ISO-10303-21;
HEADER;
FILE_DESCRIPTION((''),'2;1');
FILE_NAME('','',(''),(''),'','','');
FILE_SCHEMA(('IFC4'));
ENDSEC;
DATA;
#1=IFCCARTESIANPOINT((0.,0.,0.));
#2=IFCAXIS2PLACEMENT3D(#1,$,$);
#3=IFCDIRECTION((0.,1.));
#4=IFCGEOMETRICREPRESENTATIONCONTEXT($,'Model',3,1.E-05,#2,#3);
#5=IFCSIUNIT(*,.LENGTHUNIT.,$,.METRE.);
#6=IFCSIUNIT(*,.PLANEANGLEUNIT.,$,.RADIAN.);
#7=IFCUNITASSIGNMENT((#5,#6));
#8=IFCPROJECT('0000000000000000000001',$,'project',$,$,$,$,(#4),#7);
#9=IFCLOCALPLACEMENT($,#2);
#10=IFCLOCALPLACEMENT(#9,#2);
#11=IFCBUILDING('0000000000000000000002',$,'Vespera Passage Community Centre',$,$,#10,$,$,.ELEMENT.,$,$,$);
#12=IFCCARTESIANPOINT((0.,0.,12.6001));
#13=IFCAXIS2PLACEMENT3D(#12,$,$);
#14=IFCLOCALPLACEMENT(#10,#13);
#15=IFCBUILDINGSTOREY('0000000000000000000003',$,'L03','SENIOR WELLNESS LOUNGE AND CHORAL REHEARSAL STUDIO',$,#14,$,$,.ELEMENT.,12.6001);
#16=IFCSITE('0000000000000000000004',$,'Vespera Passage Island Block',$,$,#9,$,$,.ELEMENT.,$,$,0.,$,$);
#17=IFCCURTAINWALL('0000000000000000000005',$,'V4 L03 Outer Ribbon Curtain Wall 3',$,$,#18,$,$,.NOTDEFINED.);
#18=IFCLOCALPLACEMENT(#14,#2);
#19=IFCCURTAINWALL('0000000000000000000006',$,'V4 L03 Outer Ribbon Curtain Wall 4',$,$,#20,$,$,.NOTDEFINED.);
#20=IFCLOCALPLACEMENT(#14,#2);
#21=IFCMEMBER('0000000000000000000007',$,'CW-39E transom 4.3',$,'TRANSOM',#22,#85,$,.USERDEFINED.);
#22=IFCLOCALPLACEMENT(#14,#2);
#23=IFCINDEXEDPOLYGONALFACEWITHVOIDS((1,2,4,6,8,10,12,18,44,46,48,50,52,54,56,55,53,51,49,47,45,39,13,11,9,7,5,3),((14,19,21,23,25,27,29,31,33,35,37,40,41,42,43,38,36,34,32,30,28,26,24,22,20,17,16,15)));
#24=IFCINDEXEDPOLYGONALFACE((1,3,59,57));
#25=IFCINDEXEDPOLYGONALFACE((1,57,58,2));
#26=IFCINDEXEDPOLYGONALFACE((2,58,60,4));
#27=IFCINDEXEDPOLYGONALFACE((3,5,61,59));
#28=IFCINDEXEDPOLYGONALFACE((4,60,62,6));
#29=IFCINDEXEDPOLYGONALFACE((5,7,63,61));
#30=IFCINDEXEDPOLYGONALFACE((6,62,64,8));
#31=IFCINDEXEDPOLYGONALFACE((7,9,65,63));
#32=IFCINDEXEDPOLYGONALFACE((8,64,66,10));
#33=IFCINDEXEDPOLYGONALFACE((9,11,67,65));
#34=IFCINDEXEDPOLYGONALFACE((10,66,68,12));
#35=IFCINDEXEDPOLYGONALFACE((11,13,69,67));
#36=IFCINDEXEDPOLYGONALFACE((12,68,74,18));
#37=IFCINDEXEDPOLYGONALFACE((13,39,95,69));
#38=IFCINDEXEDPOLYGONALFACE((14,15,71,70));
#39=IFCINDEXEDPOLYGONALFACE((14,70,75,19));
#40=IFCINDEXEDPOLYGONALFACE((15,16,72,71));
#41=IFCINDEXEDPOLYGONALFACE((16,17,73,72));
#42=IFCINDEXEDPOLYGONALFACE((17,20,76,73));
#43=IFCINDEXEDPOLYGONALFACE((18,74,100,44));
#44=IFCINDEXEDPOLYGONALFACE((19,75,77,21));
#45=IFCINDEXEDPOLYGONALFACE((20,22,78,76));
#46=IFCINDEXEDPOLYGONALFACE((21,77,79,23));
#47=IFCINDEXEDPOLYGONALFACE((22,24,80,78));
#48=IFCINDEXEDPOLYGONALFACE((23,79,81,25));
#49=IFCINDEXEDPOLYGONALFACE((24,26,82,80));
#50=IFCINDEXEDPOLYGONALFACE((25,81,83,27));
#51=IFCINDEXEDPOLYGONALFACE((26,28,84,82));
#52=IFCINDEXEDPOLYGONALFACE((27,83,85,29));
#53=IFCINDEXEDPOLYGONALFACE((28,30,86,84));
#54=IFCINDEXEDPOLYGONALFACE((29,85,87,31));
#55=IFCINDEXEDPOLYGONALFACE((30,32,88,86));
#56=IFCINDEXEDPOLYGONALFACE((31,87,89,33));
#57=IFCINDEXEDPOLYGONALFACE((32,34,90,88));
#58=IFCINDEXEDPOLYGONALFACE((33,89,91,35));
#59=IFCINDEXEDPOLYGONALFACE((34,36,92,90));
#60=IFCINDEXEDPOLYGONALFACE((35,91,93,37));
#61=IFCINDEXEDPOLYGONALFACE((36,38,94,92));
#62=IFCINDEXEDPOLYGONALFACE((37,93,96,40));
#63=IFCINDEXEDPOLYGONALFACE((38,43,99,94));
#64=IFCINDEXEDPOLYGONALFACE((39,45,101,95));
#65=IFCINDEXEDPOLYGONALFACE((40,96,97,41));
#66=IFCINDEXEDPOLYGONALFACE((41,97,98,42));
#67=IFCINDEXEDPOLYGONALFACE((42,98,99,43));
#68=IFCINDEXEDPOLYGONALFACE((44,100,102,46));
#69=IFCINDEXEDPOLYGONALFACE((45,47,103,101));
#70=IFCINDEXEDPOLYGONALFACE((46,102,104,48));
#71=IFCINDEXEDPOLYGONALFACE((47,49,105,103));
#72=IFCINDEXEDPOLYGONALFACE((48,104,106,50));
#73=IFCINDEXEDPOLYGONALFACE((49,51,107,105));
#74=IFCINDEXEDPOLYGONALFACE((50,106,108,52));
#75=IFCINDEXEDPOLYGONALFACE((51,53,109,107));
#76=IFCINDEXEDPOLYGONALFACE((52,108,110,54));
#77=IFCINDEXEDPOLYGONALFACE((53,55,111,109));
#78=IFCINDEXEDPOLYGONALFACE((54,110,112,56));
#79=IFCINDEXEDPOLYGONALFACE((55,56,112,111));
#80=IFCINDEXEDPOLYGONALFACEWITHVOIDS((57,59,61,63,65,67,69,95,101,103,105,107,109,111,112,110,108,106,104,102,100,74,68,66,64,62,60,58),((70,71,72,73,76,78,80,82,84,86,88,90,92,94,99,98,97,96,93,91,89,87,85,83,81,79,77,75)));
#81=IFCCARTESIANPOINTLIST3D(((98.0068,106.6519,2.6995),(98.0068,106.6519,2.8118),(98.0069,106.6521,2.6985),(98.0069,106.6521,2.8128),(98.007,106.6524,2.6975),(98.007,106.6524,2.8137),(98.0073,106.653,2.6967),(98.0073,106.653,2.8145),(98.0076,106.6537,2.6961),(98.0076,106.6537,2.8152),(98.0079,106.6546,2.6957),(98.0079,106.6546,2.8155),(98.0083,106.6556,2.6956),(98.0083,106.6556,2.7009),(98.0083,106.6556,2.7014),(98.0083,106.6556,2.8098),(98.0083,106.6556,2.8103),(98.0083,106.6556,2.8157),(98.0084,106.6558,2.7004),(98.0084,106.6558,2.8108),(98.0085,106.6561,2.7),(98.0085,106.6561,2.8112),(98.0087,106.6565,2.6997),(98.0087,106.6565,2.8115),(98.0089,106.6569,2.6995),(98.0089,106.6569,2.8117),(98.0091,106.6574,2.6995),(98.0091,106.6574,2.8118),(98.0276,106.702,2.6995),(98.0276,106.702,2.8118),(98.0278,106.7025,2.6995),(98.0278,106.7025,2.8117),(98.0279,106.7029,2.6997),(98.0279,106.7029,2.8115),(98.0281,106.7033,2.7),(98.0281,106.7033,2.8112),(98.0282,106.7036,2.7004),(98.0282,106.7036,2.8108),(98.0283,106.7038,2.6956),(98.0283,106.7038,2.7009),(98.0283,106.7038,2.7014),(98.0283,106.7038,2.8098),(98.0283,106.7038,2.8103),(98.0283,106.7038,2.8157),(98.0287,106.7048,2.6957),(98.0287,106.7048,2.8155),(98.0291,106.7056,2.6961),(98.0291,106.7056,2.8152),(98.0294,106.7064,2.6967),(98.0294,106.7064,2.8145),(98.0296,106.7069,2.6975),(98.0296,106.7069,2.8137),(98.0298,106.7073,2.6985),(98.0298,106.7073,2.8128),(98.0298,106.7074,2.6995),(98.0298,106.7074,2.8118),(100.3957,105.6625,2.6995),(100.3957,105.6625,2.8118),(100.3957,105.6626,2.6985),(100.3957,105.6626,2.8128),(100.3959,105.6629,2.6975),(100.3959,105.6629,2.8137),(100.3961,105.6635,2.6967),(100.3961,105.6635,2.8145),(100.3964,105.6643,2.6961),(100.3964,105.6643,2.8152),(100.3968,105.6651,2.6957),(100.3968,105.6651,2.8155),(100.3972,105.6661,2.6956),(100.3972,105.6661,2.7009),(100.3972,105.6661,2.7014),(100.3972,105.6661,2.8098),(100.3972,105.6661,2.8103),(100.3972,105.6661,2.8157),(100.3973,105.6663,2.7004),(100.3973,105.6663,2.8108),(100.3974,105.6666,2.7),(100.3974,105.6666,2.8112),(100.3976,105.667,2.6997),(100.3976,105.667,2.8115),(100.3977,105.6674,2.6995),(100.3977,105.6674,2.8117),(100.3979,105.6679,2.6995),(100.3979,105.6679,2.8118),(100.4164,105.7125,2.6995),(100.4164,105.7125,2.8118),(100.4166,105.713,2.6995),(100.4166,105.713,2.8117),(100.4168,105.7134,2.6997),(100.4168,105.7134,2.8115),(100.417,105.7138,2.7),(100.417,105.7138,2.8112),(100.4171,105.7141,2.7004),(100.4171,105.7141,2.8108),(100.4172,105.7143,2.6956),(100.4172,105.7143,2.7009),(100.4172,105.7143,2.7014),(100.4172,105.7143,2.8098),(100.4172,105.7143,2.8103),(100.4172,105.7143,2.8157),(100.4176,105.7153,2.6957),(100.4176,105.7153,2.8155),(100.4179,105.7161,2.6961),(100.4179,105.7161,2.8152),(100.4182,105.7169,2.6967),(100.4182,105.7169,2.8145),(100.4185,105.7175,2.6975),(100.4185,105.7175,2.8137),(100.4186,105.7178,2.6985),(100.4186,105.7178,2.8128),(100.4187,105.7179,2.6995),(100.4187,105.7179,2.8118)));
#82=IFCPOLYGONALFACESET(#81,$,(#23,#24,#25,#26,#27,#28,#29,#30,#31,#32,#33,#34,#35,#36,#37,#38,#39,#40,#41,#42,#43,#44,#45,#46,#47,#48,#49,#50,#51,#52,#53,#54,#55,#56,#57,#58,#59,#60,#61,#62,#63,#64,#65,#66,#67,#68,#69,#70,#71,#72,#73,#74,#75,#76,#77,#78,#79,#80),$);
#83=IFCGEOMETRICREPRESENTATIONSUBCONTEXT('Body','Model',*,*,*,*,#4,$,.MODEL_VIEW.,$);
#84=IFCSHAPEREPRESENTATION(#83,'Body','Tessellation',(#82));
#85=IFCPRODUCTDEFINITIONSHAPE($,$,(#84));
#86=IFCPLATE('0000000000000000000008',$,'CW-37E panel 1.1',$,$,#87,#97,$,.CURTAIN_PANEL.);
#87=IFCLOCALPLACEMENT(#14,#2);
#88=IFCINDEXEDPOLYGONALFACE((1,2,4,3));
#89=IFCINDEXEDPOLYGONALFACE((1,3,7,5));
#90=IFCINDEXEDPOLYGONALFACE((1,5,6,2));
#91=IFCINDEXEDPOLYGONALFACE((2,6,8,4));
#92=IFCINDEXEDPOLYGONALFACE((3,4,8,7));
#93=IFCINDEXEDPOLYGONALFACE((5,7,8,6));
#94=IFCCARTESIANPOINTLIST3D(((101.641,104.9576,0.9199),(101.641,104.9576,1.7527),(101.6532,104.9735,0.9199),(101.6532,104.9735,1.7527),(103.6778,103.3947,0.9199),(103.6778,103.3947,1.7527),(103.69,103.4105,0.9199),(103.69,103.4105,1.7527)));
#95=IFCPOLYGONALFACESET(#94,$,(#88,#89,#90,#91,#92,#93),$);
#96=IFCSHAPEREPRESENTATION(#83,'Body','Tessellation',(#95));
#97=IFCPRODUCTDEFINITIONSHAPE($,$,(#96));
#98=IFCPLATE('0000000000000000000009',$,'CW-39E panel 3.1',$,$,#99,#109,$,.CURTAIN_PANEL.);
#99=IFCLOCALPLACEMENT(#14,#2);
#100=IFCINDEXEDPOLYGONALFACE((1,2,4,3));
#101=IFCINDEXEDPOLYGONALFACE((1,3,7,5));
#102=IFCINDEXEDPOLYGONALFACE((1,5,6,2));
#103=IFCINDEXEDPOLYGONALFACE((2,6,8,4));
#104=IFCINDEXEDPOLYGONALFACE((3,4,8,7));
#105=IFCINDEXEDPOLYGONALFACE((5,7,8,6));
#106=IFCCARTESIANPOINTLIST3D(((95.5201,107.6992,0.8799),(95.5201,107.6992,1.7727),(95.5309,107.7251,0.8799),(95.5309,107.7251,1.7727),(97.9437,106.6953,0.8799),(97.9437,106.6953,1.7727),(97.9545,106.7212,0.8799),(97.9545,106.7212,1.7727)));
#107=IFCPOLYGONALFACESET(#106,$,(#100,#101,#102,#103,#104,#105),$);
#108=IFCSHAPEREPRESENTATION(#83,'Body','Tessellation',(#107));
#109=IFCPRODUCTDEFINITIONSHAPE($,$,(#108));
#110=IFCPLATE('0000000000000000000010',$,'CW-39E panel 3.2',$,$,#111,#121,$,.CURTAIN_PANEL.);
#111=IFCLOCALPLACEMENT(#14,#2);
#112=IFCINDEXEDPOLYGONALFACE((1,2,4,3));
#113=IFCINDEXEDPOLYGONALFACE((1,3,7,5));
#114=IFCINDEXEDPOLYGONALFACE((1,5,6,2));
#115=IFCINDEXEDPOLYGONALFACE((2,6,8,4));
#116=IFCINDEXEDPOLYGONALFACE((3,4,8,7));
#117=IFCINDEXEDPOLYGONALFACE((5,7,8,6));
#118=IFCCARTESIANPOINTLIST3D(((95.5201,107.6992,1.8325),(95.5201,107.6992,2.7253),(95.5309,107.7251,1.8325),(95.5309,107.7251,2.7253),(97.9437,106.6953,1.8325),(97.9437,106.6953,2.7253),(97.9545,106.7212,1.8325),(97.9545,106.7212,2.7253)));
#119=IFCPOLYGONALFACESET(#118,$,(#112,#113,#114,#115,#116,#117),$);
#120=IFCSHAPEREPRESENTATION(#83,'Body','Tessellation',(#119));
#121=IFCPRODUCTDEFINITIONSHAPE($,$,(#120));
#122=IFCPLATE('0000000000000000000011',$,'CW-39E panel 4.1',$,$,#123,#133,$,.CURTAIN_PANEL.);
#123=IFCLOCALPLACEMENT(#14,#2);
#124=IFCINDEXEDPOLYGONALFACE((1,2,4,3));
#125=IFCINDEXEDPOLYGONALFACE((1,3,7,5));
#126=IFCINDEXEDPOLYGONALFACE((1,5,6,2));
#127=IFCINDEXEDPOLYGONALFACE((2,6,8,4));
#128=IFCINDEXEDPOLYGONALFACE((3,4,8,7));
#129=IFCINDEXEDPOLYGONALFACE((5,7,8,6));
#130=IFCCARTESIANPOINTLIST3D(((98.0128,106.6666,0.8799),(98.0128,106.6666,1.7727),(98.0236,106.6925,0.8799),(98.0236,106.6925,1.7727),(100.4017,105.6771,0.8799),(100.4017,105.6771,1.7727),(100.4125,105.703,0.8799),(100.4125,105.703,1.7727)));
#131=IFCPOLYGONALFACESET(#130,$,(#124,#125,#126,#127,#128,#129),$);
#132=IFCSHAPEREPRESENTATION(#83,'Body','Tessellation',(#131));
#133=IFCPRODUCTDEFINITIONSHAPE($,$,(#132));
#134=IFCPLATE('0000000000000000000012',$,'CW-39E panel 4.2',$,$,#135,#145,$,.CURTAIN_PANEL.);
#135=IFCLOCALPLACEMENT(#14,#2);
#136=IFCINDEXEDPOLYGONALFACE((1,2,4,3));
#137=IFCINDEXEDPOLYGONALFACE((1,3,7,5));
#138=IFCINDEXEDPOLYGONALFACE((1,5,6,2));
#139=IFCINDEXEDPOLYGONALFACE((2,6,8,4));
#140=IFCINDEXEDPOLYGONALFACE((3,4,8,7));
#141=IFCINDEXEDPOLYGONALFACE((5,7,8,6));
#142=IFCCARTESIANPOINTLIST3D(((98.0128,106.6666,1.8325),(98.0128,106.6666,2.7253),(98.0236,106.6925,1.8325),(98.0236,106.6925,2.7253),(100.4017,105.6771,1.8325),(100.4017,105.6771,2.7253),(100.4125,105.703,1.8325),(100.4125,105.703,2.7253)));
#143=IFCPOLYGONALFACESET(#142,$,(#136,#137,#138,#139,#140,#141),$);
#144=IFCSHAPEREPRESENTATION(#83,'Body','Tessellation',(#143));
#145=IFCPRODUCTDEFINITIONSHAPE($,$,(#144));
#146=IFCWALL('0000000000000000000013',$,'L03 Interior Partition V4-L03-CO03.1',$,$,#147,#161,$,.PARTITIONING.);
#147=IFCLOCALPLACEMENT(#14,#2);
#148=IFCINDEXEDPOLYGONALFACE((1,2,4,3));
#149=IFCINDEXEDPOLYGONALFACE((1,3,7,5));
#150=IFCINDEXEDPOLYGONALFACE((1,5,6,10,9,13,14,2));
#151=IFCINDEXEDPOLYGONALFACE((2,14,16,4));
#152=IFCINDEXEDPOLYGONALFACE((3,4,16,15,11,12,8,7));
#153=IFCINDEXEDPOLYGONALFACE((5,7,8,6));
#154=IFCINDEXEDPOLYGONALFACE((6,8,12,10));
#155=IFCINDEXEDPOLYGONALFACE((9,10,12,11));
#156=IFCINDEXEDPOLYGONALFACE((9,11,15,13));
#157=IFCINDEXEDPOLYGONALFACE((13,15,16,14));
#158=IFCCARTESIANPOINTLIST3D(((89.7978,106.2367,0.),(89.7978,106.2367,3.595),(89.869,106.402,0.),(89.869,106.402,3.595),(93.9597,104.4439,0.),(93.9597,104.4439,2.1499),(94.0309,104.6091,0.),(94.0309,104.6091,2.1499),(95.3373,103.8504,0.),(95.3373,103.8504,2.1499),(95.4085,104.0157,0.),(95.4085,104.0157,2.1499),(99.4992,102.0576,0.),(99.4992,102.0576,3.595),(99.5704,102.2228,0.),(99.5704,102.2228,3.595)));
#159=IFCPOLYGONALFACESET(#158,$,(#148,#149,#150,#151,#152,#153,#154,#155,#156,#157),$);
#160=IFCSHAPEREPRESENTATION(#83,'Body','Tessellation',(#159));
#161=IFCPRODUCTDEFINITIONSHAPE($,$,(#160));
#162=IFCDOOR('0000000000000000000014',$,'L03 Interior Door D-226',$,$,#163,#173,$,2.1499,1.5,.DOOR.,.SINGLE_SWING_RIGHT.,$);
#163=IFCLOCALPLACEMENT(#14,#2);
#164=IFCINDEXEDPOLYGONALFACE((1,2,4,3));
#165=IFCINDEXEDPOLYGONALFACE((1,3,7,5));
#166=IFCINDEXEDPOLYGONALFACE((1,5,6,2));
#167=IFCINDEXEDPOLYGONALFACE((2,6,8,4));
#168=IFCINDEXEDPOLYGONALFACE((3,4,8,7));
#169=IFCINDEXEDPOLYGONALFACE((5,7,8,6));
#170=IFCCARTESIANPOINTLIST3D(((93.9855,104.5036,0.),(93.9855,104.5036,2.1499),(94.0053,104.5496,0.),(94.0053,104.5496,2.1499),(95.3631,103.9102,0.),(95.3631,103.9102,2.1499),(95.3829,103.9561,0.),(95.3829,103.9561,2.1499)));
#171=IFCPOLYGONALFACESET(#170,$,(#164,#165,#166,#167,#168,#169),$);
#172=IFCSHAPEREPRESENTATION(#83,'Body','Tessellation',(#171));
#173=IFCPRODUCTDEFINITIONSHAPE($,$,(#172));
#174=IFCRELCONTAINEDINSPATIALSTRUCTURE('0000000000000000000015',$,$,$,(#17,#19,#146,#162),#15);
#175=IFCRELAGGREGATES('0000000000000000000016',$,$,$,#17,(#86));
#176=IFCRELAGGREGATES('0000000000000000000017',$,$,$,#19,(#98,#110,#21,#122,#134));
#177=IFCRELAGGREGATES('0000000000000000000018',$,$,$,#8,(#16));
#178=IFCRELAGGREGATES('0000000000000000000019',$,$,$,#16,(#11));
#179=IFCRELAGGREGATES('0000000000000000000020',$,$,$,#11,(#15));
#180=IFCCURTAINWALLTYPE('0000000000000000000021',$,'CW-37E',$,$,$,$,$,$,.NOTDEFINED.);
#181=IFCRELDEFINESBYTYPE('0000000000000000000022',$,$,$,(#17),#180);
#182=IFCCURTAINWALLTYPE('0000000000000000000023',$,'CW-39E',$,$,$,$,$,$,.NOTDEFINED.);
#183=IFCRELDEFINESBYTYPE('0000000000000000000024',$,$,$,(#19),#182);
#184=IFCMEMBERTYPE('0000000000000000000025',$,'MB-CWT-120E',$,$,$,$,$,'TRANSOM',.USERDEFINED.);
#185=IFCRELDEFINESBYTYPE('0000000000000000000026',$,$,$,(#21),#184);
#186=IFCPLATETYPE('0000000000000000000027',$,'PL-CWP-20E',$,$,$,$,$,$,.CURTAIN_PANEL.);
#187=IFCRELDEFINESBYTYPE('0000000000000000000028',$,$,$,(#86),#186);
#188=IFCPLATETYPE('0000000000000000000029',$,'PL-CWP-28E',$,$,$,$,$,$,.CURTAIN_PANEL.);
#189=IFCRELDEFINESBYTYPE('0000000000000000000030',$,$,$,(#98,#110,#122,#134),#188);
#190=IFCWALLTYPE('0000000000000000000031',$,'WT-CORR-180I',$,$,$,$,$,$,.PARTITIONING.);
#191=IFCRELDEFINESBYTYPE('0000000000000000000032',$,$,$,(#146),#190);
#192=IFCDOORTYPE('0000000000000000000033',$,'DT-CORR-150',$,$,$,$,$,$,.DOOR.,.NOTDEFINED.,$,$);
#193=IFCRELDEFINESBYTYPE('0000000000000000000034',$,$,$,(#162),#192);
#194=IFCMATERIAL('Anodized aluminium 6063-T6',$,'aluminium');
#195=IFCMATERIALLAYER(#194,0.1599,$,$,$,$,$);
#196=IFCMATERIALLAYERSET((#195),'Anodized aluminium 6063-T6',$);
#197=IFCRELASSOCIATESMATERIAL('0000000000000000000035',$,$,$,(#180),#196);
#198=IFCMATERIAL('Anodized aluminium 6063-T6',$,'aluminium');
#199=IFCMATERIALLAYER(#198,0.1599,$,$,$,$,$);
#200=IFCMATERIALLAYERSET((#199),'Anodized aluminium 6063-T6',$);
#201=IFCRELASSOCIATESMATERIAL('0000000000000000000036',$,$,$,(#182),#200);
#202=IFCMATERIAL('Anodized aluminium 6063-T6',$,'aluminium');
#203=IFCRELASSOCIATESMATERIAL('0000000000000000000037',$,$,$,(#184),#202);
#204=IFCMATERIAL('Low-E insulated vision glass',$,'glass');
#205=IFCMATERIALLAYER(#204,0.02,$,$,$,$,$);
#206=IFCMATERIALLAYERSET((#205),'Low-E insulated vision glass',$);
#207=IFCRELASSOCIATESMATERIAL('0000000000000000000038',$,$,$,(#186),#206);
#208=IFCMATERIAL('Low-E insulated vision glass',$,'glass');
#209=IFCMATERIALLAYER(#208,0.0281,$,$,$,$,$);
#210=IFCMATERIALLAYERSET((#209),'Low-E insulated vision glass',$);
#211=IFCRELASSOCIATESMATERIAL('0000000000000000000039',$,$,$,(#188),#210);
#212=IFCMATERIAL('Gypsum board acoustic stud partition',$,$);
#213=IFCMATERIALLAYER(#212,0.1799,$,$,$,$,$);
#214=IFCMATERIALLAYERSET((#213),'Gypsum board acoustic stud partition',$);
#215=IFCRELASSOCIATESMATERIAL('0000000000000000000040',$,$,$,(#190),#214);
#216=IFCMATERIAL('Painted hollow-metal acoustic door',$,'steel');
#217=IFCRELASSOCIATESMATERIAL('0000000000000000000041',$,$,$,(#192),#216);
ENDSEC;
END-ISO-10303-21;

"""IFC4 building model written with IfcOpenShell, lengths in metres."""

from ifc_helpers import new_model, si_unit, direction, frame, frame_2d, origin, origin_2d, place, context, subcontext, project, spatial, rectangle, hollow_rectangle, extrude, material, layer, layer_set, material_profile, profile_set, type_object, element, fill, aggregate, save


model = new_model("IFC4")

# Units and contexts
model_context = context("Model", 3, precision=1e-05, world=origin(), true_north=direction((0.0, 1.0)))
body_context = subcontext(model_context, "Body", "Model", "MODEL_VIEW")
ifc_project = project(units=[si_unit("LENGTHUNIT", "METRE"), si_unit("PLANEANGLEUNIT", "RADIAN")], contexts=[model_context])

# Site, building, storey
site_placement = place(None, origin())
site = spatial("IfcSite", under=ifc_project, at=site_placement, Name="Vespera Passage Island Block", CompositionType="ELEMENT", RefElevation=0.0)
building_placement = place(site_placement, origin())
building = spatial("IfcBuilding", under=site, at=building_placement, Name="Vespera Passage Community Centre", CompositionType="ELEMENT")
storey_placement = place(building_placement, frame((0.0, 0.0, 12.6001)))
storey = spatial("IfcBuildingStorey", under=building, at=storey_placement, Name="L03", Description="SENIOR WELLNESS LOUNGE AND CHORAL REHEARSAL STUDIO", CompositionType="ELEMENT", Elevation=12.6001)

# Curtain wall
ifc_material_1 = material(Name="Anodized aluminium 6063-T6", Category="aluminium")
ifc_layer_1 = layer(ifc_material_1, 0.1599)
ifc_layer_set_1 = layer_set([ifc_layer_1], Name="Anodized aluminium 6063-T6")
curtain_wall_type_1 = type_object("IfcCurtainWallType", Name="CW-37E", PredefinedType="NOTDEFINED", material=ifc_layer_set_1)
curtain_wall_1_placement = place(storey_placement, origin())
curtain_wall_1 = element("IfcCurtainWall", 1, at=curtain_wall_1_placement, inside=storey, type_object=curtain_wall_type_1, Name="V4 L03 Outer Ribbon Curtain Wall 3", PredefinedType="NOTDEFINED")

# Curtain wall
ifc_material_2 = material(Name="Anodized aluminium 6063-T6", Category="aluminium")
ifc_layer_2 = layer(ifc_material_2, 0.1599)
ifc_layer_set_2 = layer_set([ifc_layer_2], Name="Anodized aluminium 6063-T6")
curtain_wall_type_2 = type_object("IfcCurtainWallType", Name="CW-39E", PredefinedType="NOTDEFINED", material=ifc_layer_set_2)
curtain_wall_2_placement = place(storey_placement, origin())
curtain_wall_2 = element("IfcCurtainWall", 2, at=curtain_wall_2_placement, inside=storey, type_object=curtain_wall_type_2, Name="V4 L03 Outer Ribbon Curtain Wall 4", PredefinedType="NOTDEFINED")

# Member
ifc_material_3 = material(Name="Anodized aluminium 6063-T6", Category="aluminium")
ifc_material_profile_1 = material_profile(ifc_material_3, hollow_rectangle(XDim=0.0601, YDim=0.1201, WallThickness=0.0039, InnerFilletRadius=0.002, OuterFilletRadius=0.0039, at=origin_2d()), Name="ALU120X60X4")
ifc_profile_set_1 = profile_set([ifc_material_profile_1], Name="Anodized aluminium 6063-T6")
member_type_1 = type_object("IfcMemberType", Name="MB-CWT-120E", ElementType="TRANSOM", PredefinedType="USERDEFINED", material=ifc_profile_set_1)
member_1_placement = place(storey_placement, frame((98.0183, 106.6797, 2.7556), z_axis=(0.923882, -0.382677, 0.0), x_axis=(0.382677, 0.923882, 0.0)))
member_1 = element("IfcMember", 3, at=member_1_placement, type_object=member_type_1, Name="CW-39E transom 4.3", ObjectType="TRANSOM", PredefinedType="USERDEFINED", context=body_context, shape_type="SweptSolid", body=[
    extrude(hollow_rectangle(XDim=0.0601, YDim=0.1201, WallThickness=0.0039, InnerFilletRadius=0.002, OuterFilletRadius=0.0039, at=origin_2d()), origin(), (0.0, 0.0, 1.0), 2.5857),
])

# Plates
ifc_material_4 = material(Name="Low-E insulated vision glass", Category="glass")
ifc_layer_3 = layer(ifc_material_4, 0.02)
ifc_layer_set_3 = layer_set([ifc_layer_3], Name="Low-E insulated vision glass")
plate_type_1 = type_object("IfcPlateType", Name="PL-CWP-20E", PredefinedType="CURTAIN_PANEL", material=ifc_layer_set_3)
plate_1_placement = place(storey_placement, frame((102.6655, 104.1841, 0.9199), z_axis=(0.0, 0.0, 1.0), x_axis=(0.793345, -0.608772, 0.0)))
plate_1 = element("IfcPlate", 4, at=plate_1_placement, type_object=plate_type_1, Name="CW-37E panel 1.1", PredefinedType="CURTAIN_PANEL", context=body_context, shape_type="SweptSolid", body=[
    extrude(rectangle(XDim=2.5674, YDim=0.02, at=origin_2d()), origin(), (0.0, 0.0, 1.0), 0.8328),
])
aggregate(curtain_wall_1, [plate_1])
ifc_material_5 = material(Name="Low-E insulated vision glass", Category="glass")
ifc_layer_4 = layer(ifc_material_5, 0.0281)
ifc_layer_set_4 = layer_set([ifc_layer_4], Name="Low-E insulated vision glass")
plate_type_2 = type_object("IfcPlateType", Name="PL-CWP-28E", PredefinedType="CURTAIN_PANEL", material=ifc_layer_set_4)
plate_2_placement = place(storey_placement, frame((96.7373, 107.2102, 0.8799), z_axis=(0.0, 0.0, 1.0), x_axis=(0.92388, -0.382683, 0.0)))
plate_2 = element("IfcPlate", 5, at=plate_2_placement, type_object=plate_type_2, Name="CW-39E panel 3.1", PredefinedType="CURTAIN_PANEL", context=body_context, shape_type="SweptSolid", body=[
    extrude(rectangle(XDim=2.6233, YDim=0.0281, at=origin_2d()), origin(), (0.0, 0.0, 1.0), 0.8928),
])
plate_3_placement = place(storey_placement, frame((96.7373, 107.2102, 1.8325), z_axis=(0.0, 0.0, 1.0), x_axis=(0.92388, -0.382683, 0.0)))
plate_3 = element("IfcPlate", 6, at=plate_3_placement, type_object=plate_type_2, Name="CW-39E panel 3.2", PredefinedType="CURTAIN_PANEL", context=body_context, shape_type="SweptSolid", body=[
    extrude(rectangle(XDim=2.6233, YDim=0.0281, at=origin_2d()), origin(), (0.0, 0.0, 1.0), 0.8928),
])
plate_4_placement = place(storey_placement, frame((99.2126, 106.1848, 0.8799), z_axis=(0.0, 0.0, 1.0), x_axis=(0.92388, -0.382683, 0.0)))
plate_4 = element("IfcPlate", 7, at=plate_4_placement, type_object=plate_type_2, Name="CW-39E panel 4.1", PredefinedType="CURTAIN_PANEL", context=body_context, shape_type="SweptSolid", body=[
    extrude(rectangle(XDim=2.5857, YDim=0.0281, at=origin_2d()), origin(), (0.0, 0.0, 1.0), 0.8928),
])
plate_5_placement = place(storey_placement, frame((99.2126, 106.1848, 1.8325), z_axis=(0.0, 0.0, 1.0), x_axis=(0.92388, -0.382683, 0.0)))
plate_5 = element("IfcPlate", 8, at=plate_5_placement, type_object=plate_type_2, Name="CW-39E panel 4.2", PredefinedType="CURTAIN_PANEL", context=body_context, shape_type="SweptSolid", body=[
    extrude(rectangle(XDim=2.5857, YDim=0.0281, at=origin_2d()), origin(), (0.0, 0.0, 1.0), 0.8928),
])
aggregate(curtain_wall_2, [plate_2, plate_3, member_1, plate_4, plate_5])

# Wall, opening, door
ifc_material_6 = material(Name="Gypsum board acoustic stud partition")
ifc_layer_5 = layer(ifc_material_6, 0.1799)
ifc_layer_set_5 = layer_set([ifc_layer_5], Name="Gypsum board acoustic stud partition")
wall_type_1 = type_object("IfcWallType", Name="WT-CORR-180I", PredefinedType="PARTITIONING", material=ifc_layer_set_5)
wall_1_placement = place(storey_placement, frame((99.5349, 102.1401, 0.0), z_axis=(0.0, 0.0, 1.0), x_axis=(-0.918408, 0.395634, 0.0)))
wall_1 = element("IfcWall", 9, at=wall_1_placement, inside=storey, type_object=wall_type_1, Name="L03 Interior Partition V4-L03-CO03.1", PredefinedType="PARTITIONING", context=body_context, shape_type="SweptSolid", body=[
    extrude(rectangle(XDim=10.5632, YDim=0.1799, at=frame_2d((5.2817, 0.0))), origin(), (0.0, 0.0, 1.0), 3.595),
])
opening_1_placement = place(wall_1_placement, frame((4.5317, 0.0, 0.0)))
opening_1 = element("IfcOpeningElement", 10, at=opening_1_placement, cuts=wall_1, PredefinedType="OPENING", context=body_context, shape_type="SweptSolid", body=[
    extrude(rectangle(XDim=1.5, YDim=2.1499, at=frame_2d((0.75, 1.075))), frame((0.0, 0.0999, 0.0), z_axis=(0.0, -1.0, 0.0), x_axis=(1.0, 0.0, 0.0)), (0.0, 0.0, 1.0), 0.2),
])
ifc_material_7 = material(Name="Painted hollow-metal acoustic door", Category="steel")
door_type_1 = type_object("IfcDoorType", Name="DT-CORR-150", OperationType="NOTDEFINED", PredefinedType="DOOR", material=ifc_material_7)
door_1_placement = place(opening_1_placement, origin())
door_1 = element("IfcDoor", 11, at=door_1_placement, inside=storey, type_object=door_type_1, Name="L03 Interior Door D-226", OperationType="SINGLE_SWING_RIGHT", OverallHeight=2.1499, OverallWidth=1.5, PredefinedType="DOOR", context=body_context, shape_type="SweptSolid", body=[
    extrude(rectangle(XDim=1.5, YDim=2.1499, at=frame_2d((0.75, 1.075))), frame((0.0, 0.0249, 0.0), z_axis=(0.0, -1.0, 0.0), x_axis=(1.0, 0.0, 0.0)), (0.0, 0.0, 1.0), 0.05),
])
fill(opening_1, door_1)

save(model, "model.ifc")
